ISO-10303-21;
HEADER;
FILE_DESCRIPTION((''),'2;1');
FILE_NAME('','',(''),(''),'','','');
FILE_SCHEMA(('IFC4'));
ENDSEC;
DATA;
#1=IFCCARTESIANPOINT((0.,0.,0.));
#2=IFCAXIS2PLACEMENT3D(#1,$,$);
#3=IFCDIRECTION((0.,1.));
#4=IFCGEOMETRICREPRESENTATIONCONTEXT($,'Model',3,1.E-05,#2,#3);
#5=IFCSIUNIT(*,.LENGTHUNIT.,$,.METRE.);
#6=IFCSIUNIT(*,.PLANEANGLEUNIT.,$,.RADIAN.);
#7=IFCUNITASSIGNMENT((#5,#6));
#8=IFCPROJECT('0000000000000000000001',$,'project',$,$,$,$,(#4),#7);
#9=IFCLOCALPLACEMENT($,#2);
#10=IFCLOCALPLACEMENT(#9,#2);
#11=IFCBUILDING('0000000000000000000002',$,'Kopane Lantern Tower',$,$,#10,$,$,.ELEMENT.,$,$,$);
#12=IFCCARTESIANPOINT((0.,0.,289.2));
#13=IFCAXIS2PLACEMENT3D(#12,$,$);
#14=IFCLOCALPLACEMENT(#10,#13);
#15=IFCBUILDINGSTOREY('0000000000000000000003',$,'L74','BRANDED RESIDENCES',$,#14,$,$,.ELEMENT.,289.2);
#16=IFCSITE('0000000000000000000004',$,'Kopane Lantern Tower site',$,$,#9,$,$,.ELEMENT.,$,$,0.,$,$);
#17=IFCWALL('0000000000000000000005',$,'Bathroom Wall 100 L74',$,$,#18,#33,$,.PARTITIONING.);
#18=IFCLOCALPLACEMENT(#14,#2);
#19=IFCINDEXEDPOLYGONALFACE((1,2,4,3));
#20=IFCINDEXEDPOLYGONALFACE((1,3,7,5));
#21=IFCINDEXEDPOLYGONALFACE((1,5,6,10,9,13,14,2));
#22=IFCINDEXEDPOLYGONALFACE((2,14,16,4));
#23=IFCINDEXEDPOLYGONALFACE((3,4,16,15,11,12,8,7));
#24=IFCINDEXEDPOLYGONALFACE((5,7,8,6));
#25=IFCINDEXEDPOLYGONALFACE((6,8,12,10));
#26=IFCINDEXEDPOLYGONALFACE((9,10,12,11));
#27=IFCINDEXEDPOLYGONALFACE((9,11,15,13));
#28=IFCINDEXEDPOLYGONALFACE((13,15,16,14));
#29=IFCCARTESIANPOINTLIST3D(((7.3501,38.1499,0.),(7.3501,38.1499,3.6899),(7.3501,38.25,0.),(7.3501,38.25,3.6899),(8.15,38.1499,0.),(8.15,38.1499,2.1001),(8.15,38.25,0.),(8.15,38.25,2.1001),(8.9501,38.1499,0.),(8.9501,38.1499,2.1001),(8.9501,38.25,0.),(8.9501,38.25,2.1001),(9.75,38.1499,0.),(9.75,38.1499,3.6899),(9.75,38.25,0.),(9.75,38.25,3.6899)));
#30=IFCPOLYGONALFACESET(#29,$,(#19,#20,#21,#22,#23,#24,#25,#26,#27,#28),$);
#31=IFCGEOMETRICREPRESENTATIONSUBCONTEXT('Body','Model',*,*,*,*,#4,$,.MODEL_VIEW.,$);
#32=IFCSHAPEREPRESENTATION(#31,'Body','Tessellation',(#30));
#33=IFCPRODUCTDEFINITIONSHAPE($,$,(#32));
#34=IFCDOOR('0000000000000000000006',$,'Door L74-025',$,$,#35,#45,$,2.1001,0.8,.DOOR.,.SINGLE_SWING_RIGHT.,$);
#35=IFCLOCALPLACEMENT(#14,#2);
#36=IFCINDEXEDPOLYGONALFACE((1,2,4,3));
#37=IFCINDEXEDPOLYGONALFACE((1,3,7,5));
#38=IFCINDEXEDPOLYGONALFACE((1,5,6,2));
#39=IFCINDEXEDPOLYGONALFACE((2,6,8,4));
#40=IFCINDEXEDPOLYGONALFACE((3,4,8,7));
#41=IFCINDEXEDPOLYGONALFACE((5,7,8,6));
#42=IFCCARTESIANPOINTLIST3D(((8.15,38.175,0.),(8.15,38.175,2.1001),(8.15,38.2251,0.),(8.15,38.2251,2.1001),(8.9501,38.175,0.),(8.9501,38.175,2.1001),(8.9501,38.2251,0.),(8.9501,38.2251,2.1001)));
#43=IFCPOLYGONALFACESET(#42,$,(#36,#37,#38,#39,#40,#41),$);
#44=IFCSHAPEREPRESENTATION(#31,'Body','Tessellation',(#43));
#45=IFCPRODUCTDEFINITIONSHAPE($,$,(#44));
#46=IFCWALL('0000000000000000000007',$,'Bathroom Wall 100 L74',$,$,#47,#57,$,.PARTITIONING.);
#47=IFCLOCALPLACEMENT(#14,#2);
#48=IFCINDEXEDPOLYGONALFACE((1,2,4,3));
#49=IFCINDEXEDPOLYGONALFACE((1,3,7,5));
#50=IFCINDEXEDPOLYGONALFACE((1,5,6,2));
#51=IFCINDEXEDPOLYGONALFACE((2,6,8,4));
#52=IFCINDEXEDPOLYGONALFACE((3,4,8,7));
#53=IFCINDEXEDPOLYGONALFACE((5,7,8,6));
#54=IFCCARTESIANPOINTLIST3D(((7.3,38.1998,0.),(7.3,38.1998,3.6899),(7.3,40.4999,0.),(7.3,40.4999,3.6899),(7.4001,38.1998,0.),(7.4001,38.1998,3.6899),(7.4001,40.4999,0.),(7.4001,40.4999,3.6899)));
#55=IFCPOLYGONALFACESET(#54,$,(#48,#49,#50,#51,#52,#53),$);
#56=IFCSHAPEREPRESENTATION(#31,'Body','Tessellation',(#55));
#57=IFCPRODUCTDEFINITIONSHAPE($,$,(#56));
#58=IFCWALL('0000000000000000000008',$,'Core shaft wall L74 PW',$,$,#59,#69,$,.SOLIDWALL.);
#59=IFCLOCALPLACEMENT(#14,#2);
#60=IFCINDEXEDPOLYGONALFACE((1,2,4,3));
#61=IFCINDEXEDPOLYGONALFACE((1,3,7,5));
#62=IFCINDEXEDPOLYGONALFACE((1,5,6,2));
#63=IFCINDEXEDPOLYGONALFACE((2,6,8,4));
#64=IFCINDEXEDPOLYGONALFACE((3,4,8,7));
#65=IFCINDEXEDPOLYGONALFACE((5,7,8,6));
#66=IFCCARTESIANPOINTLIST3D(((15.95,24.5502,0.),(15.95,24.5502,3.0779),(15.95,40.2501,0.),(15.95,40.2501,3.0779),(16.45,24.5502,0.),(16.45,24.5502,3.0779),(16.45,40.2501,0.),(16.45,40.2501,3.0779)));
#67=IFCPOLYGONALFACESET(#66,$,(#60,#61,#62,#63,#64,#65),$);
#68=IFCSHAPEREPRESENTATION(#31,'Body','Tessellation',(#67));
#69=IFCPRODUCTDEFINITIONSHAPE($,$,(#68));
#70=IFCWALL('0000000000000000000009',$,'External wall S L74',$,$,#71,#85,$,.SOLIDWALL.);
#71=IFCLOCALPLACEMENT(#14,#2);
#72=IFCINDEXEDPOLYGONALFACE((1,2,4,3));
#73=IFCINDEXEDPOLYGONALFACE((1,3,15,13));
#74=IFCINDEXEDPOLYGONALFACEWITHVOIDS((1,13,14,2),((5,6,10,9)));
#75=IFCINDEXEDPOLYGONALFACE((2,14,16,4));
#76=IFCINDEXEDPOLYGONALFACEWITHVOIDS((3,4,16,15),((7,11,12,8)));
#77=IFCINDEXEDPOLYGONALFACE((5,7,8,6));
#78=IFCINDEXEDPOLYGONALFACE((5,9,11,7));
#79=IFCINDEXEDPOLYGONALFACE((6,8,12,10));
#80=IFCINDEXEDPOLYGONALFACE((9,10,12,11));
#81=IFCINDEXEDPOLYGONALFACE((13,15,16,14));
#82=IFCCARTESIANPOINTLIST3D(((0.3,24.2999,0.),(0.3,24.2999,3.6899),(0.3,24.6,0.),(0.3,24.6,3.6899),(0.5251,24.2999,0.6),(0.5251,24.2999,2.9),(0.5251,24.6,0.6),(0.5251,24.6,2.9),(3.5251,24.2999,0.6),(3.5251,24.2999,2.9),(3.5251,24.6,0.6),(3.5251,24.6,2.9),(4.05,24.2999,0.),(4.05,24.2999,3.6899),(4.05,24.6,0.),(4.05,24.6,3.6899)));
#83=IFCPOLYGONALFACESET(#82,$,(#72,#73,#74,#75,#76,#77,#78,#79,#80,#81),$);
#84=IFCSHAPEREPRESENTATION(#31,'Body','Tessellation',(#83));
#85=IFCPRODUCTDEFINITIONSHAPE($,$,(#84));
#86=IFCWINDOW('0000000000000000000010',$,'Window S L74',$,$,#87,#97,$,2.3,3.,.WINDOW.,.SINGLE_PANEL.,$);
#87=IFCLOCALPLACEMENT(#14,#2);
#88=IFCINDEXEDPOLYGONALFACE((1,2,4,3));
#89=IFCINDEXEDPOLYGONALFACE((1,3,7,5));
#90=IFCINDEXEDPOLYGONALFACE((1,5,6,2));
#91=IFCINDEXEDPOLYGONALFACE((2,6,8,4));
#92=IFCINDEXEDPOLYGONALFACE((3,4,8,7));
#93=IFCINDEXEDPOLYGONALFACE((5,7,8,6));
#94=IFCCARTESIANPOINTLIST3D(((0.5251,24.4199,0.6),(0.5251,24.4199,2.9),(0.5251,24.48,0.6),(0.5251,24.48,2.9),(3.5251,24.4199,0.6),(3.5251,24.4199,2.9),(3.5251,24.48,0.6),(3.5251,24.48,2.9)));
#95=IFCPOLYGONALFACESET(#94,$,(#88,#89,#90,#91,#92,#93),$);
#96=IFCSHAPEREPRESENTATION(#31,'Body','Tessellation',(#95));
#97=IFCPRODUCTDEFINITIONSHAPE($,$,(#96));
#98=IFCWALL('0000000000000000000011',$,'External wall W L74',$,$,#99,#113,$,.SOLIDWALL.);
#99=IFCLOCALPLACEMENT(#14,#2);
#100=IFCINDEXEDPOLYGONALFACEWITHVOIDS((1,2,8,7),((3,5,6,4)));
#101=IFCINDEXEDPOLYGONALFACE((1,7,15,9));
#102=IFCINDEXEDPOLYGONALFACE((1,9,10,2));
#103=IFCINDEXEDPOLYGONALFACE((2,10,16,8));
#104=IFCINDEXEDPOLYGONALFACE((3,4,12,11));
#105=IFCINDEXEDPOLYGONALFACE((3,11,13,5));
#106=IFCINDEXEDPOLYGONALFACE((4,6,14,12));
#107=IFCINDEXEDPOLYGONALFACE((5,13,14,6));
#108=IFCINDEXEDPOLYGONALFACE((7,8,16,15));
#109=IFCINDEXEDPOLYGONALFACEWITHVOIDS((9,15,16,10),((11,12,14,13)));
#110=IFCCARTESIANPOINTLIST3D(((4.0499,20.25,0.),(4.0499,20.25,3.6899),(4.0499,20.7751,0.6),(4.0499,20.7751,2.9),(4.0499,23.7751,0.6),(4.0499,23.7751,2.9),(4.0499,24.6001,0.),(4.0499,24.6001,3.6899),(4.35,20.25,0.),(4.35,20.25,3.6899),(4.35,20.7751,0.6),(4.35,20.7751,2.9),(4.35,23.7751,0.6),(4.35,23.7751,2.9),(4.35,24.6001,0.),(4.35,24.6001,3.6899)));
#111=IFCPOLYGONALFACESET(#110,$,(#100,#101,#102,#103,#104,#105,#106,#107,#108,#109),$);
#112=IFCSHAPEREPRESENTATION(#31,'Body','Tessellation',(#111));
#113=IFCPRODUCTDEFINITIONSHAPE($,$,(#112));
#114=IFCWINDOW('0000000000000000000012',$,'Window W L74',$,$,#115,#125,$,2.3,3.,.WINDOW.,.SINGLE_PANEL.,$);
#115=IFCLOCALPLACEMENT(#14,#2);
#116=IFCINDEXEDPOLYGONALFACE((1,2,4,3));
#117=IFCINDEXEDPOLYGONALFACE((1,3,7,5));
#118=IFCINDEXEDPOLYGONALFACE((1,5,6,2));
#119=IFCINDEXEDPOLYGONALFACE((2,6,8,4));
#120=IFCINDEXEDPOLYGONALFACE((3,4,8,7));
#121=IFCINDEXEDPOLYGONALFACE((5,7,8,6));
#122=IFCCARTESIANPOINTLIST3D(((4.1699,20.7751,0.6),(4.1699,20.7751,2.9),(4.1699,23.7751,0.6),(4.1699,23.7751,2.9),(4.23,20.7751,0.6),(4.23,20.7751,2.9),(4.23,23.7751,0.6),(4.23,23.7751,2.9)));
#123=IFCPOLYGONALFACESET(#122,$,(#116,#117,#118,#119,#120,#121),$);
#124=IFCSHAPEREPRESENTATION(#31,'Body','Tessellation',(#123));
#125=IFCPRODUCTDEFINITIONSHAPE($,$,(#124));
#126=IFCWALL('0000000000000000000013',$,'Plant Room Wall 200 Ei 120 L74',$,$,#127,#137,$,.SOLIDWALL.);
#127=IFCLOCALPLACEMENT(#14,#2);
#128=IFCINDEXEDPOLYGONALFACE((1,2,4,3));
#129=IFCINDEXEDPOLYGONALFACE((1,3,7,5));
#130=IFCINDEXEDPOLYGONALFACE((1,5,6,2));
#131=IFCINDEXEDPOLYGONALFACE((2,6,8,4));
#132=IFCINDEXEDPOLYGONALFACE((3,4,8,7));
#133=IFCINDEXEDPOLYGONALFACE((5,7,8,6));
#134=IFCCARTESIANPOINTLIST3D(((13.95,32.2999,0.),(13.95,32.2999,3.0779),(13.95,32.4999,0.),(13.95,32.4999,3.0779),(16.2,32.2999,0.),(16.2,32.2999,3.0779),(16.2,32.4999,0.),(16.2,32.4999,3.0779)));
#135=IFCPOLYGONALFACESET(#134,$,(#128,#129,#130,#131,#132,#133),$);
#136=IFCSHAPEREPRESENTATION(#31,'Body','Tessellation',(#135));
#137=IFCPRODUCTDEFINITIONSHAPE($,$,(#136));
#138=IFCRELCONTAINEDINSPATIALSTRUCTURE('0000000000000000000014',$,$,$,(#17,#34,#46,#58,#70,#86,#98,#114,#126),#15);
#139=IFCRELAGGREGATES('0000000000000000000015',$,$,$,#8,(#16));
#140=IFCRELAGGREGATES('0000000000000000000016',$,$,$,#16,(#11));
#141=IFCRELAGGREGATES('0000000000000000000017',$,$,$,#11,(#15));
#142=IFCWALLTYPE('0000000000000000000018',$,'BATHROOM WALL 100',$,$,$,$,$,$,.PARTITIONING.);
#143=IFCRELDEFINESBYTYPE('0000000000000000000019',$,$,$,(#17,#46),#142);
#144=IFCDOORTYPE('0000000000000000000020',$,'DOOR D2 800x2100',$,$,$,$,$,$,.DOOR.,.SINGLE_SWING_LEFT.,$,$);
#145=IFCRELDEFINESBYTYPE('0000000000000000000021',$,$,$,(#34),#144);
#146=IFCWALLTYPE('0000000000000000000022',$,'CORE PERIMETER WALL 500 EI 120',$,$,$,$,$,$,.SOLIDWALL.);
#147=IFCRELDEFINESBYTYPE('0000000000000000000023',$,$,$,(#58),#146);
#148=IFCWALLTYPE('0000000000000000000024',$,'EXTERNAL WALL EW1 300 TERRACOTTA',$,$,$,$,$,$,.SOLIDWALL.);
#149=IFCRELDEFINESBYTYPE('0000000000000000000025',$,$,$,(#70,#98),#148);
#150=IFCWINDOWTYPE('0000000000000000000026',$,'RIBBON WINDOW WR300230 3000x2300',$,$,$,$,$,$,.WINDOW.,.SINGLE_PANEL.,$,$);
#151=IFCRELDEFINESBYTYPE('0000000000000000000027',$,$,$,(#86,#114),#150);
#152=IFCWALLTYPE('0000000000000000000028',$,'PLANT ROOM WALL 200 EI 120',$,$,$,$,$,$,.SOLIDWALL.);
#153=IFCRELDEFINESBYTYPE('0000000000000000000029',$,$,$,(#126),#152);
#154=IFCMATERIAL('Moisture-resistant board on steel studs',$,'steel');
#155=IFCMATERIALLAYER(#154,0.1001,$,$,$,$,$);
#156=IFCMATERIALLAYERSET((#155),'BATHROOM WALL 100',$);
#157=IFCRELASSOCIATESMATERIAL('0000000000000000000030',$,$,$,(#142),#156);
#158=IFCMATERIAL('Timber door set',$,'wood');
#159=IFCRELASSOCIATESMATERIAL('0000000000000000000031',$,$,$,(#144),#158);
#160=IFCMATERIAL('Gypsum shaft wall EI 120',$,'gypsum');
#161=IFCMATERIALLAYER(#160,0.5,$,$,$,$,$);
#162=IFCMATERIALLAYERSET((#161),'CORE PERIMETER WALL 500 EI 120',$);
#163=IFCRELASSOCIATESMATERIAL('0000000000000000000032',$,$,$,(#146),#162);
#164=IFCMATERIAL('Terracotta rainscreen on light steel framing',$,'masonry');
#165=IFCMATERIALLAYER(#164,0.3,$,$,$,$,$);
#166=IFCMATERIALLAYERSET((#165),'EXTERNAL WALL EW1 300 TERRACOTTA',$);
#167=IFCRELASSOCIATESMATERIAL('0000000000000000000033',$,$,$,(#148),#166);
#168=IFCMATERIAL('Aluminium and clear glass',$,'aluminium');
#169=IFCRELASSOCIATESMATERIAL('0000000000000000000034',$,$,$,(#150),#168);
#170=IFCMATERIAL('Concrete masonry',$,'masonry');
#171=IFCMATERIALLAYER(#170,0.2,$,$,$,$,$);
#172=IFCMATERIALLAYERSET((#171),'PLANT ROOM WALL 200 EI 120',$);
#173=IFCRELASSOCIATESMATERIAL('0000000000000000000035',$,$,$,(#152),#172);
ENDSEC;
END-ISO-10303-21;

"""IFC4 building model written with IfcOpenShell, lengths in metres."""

from ifc_helpers import new_model, si_unit, direction, frame, frame_2d, origin, place, context, subcontext, project, spatial, rectangle, extrude, material, layer, layer_set, type_object, element, fill, save


model = new_model("IFC4")

# Units and contexts
model_context = context("Model", 3, precision=1e-05, world=origin(), true_north=direction((0.0, 1.0)))
body_context = subcontext(model_context, "Body", "Model", "MODEL_VIEW")
ifc_project = project(units=[si_unit("LENGTHUNIT", "METRE"), si_unit("PLANEANGLEUNIT", "RADIAN")], contexts=[model_context])

# Site, building, storey
site_placement = place(None, origin())
site = spatial("IfcSite", under=ifc_project, at=site_placement, Name="Kopane Lantern Tower site", CompositionType="ELEMENT", RefElevation=0.0)
building_placement = place(site_placement, origin())
building = spatial("IfcBuilding", under=site, at=building_placement, Name="Kopane Lantern Tower", CompositionType="ELEMENT")
storey_placement = place(building_placement, frame((0.0, 0.0, 289.2)))
storey = spatial("IfcBuildingStorey", under=building, at=storey_placement, Name="L74", Description="BRANDED RESIDENCES", CompositionType="ELEMENT", Elevation=289.2)

# Wall, opening, door
ifc_material_1 = material(Name="Moisture-resistant board on steel studs", Category="steel")
ifc_layer_1 = layer(ifc_material_1, 0.1001)
ifc_layer_set_1 = layer_set([ifc_layer_1], Name="BATHROOM WALL 100")
wall_type_1 = type_object("IfcWallType", Name="BATHROOM WALL 100", PredefinedType="PARTITIONING", material=ifc_layer_set_1)
wall_1_placement = place(storey_placement, frame((9.75, 38.2, 0.0), z_axis=(0.0, 0.0, 1.0), x_axis=(-1.0, 0.0, 0.0)))
wall_1 = element("IfcWall", 1, at=wall_1_placement, inside=storey, type_object=wall_type_1, Name="Bathroom Wall 100 L74", PredefinedType="PARTITIONING", context=body_context, shape_type="SweptSolid", body=[
    extrude(rectangle(XDim=2.3999, YDim=0.1001, at=frame_2d((1.2, 0.0))), origin(), (0.0, 0.0, 1.0), 3.6899),
])
opening_1_placement = place(wall_1_placement, frame((0.8, 0.0, 0.0)))
opening_1 = element("IfcOpeningElement", 2, at=opening_1_placement, cuts=wall_1, PredefinedType="OPENING", context=body_context, shape_type="SweptSolid", body=[
    extrude(rectangle(XDim=0.8, YDim=2.1001, at=frame_2d((0.3999, 1.05))), frame((0.0, 0.0601, 0.0), z_axis=(0.0, -1.0, 0.0), x_axis=(1.0, 0.0, 0.0)), (0.0, 0.0, 1.0), 0.1201),
])
ifc_material_2 = material(Name="Timber door set", Category="wood")
door_type_1 = type_object("IfcDoorType", Name="DOOR D2 800x2100", OperationType="SINGLE_SWING_LEFT", PredefinedType="DOOR", material=ifc_material_2)
door_1_placement = place(opening_1_placement, origin())
door_1 = element("IfcDoor", 3, at=door_1_placement, inside=storey, type_object=door_type_1, Name="Door L74-025", OperationType="SINGLE_SWING_RIGHT", OverallHeight=2.1001, OverallWidth=0.8, PredefinedType="DOOR", context=body_context, shape_type="SweptSolid", body=[
    extrude(rectangle(XDim=0.8, YDim=2.1001, at=frame_2d((0.3999, 1.05))), frame((0.0, 0.0249, 0.0), z_axis=(0.0, -1.0, 0.0), x_axis=(1.0, 0.0, 0.0)), (0.0, 0.0, 1.0), 0.05),
])
fill(opening_1, door_1)

# Walls
wall_2_placement = place(storey_placement, frame((7.3501, 38.2, 0.0), z_axis=(0.0, 0.0, 1.0), x_axis=(0.0, 1.0, 0.0)))
element("IfcWall", 4, at=wall_2_placement, inside=storey, type_object=wall_type_1, Name="Bathroom Wall 100 L74", PredefinedType="PARTITIONING", context=body_context, shape_type="SweptSolid", body=[
    extrude(rectangle(XDim=2.3, YDim=0.1001, at=frame_2d((1.1499, 0.0))), origin(), (0.0, 0.0, 1.0), 3.6899),
])
ifc_material_3 = material(Name="Gypsum shaft wall EI 120", Category="gypsum")
ifc_layer_2 = layer(ifc_material_3, 0.5)
ifc_layer_set_2 = layer_set([ifc_layer_2], Name="CORE PERIMETER WALL 500 EI 120")
wall_type_2 = type_object("IfcWallType", Name="CORE PERIMETER WALL 500 EI 120", PredefinedType="SOLIDWALL", material=ifc_layer_set_2)
wall_3_placement = place(storey_placement, frame((16.2, 24.55, 0.0), z_axis=(0.0, 0.0, 1.0), x_axis=(0.0, 1.0, 0.0)))
element("IfcWall", 5, at=wall_3_placement, inside=storey, type_object=wall_type_2, Name="Core shaft wall L74 PW", PredefinedType="SOLIDWALL", context=body_context, shape_type="SweptSolid", body=[
    extrude(rectangle(XDim=15.7, YDim=0.5, at=frame_2d((7.8501, 0.0))), origin(), (0.0, 0.0, 1.0), 3.0779),
])

# Walls, openings, windows
ifc_material_4 = material(Name="Terracotta rainscreen on light steel framing", Category="masonry")
ifc_layer_3 = layer(ifc_material_4, 0.3)
ifc_layer_set_3 = layer_set([ifc_layer_3], Name="EXTERNAL WALL EW1 300 TERRACOTTA")
wall_type_3 = type_object("IfcWallType", Name="EXTERNAL WALL EW1 300 TERRACOTTA", PredefinedType="SOLIDWALL", material=ifc_layer_set_3)
wall_4_placement = place(storey_placement, frame((0.3, 24.45, 0.0), z_axis=(0.0, 0.0, 1.0), x_axis=(1.0, 0.0, 0.0)))
wall_4 = element("IfcWall", 6, at=wall_4_placement, inside=storey, type_object=wall_type_3, Name="External wall S L74", PredefinedType="SOLIDWALL", context=body_context, shape_type="SweptSolid", body=[
    extrude(rectangle(XDim=3.75, YDim=0.3, at=frame_2d((1.875, 0.0))), origin(), (0.0, 0.0, 1.0), 3.6899),
])
opening_2_placement = place(wall_4_placement, frame((0.2251, 0.0, 0.6001)))
opening_2 = element("IfcOpeningElement", 7, at=opening_2_placement, cuts=wall_4, PredefinedType="OPENING", context=body_context, shape_type="SweptSolid", body=[
    extrude(rectangle(XDim=3.0, YDim=2.3, at=frame_2d((1.5, 1.1499))), frame((0.0, 0.1599, 0.0), z_axis=(0.0, -1.0, 0.0), x_axis=(1.0, 0.0, 0.0)), (0.0, 0.0, 1.0), 0.3201),
])
ifc_material_5 = material(Name="Aluminium and clear glass", Category="aluminium")
window_type = type_object("IfcWindowType", Name="RIBBON WINDOW WR300230 3000x2300", PartitioningType="SINGLE_PANEL", PredefinedType="WINDOW", material=ifc_material_5)
window_1_placement = place(opening_2_placement, origin())
window_1 = element("IfcWindow", 8, at=window_1_placement, inside=storey, type_object=window_type, Name="Window S L74", OverallHeight=2.3, OverallWidth=3.0, PartitioningType="SINGLE_PANEL", PredefinedType="WINDOW", context=body_context, shape_type="SweptSolid", body=[
    extrude(rectangle(XDim=3.0, YDim=2.3, at=frame_2d((1.5, 1.1499))), frame((0.0, 0.03, 0.0), z_axis=(0.0, -1.0, 0.0), x_axis=(1.0, 0.0, 0.0)), (0.0, 0.0, 1.0), 0.0601),
])
fill(opening_2, window_1)
wall_5_placement = place(storey_placement, frame((4.2, 24.6001, 0.0), z_axis=(0.0, 0.0, 1.0), x_axis=(0.0, -1.0, 0.0)))
wall_5 = element("IfcWall", 9, at=wall_5_placement, inside=storey, type_object=wall_type_3, Name="External wall W L74", PredefinedType="SOLIDWALL", context=body_context, shape_type="SweptSolid", body=[
    extrude(rectangle(XDim=4.3501, YDim=0.3, at=frame_2d((2.175, 0.0))), origin(), (0.0, 0.0, 1.0), 3.6899),
])
opening_3_placement = place(wall_5_placement, frame((0.825, 0.0, 0.6001)))
opening_3 = element("IfcOpeningElement", 10, at=opening_3_placement, cuts=wall_5, PredefinedType="OPENING", context=body_context, shape_type="SweptSolid", body=[
    extrude(rectangle(XDim=3.0, YDim=2.3, at=frame_2d((1.5, 1.1499))), frame((0.0, 0.1599, 0.0), z_axis=(0.0, -1.0, 0.0), x_axis=(1.0, 0.0, 0.0)), (0.0, 0.0, 1.0), 0.3201),
])
window_2_placement = place(opening_3_placement, origin())
window_2 = element("IfcWindow", 11, at=window_2_placement, inside=storey, type_object=window_type, Name="Window W L74", OverallHeight=2.3, OverallWidth=3.0, PartitioningType="SINGLE_PANEL", PredefinedType="WINDOW", context=body_context, shape_type="SweptSolid", body=[
    extrude(rectangle(XDim=3.0, YDim=2.3, at=frame_2d((1.5, 1.1499))), frame((0.0, 0.03, 0.0), z_axis=(0.0, -1.0, 0.0), x_axis=(1.0, 0.0, 0.0)), (0.0, 0.0, 1.0), 0.0601),
])
fill(opening_3, window_2)

# Wall
ifc_material_6 = material(Name="Concrete masonry", Category="masonry")
ifc_layer_4 = layer(ifc_material_6, 0.2)
ifc_layer_set_4 = layer_set([ifc_layer_4], Name="PLANT ROOM WALL 200 EI 120")
wall_type_4 = type_object("IfcWallType", Name="PLANT ROOM WALL 200 EI 120", PredefinedType="SOLIDWALL", material=ifc_layer_set_4)
wall_6_placement = place(storey_placement, frame((13.95, 32.3999, 0.0), z_axis=(0.0, 0.0, 1.0), x_axis=(1.0, 0.0, 0.0)))
element("IfcWall", 12, at=wall_6_placement, inside=storey, type_object=wall_type_4, Name="Plant Room Wall 200 Ei 120 L74", PredefinedType="SOLIDWALL", context=body_context, shape_type="SweptSolid", body=[
    extrude(rectangle(XDim=2.25, YDim=0.2, at=frame_2d((1.125, 0.0))), origin(), (0.0, 0.0, 1.0), 3.0779),
])

save(model, "model.ifc")
